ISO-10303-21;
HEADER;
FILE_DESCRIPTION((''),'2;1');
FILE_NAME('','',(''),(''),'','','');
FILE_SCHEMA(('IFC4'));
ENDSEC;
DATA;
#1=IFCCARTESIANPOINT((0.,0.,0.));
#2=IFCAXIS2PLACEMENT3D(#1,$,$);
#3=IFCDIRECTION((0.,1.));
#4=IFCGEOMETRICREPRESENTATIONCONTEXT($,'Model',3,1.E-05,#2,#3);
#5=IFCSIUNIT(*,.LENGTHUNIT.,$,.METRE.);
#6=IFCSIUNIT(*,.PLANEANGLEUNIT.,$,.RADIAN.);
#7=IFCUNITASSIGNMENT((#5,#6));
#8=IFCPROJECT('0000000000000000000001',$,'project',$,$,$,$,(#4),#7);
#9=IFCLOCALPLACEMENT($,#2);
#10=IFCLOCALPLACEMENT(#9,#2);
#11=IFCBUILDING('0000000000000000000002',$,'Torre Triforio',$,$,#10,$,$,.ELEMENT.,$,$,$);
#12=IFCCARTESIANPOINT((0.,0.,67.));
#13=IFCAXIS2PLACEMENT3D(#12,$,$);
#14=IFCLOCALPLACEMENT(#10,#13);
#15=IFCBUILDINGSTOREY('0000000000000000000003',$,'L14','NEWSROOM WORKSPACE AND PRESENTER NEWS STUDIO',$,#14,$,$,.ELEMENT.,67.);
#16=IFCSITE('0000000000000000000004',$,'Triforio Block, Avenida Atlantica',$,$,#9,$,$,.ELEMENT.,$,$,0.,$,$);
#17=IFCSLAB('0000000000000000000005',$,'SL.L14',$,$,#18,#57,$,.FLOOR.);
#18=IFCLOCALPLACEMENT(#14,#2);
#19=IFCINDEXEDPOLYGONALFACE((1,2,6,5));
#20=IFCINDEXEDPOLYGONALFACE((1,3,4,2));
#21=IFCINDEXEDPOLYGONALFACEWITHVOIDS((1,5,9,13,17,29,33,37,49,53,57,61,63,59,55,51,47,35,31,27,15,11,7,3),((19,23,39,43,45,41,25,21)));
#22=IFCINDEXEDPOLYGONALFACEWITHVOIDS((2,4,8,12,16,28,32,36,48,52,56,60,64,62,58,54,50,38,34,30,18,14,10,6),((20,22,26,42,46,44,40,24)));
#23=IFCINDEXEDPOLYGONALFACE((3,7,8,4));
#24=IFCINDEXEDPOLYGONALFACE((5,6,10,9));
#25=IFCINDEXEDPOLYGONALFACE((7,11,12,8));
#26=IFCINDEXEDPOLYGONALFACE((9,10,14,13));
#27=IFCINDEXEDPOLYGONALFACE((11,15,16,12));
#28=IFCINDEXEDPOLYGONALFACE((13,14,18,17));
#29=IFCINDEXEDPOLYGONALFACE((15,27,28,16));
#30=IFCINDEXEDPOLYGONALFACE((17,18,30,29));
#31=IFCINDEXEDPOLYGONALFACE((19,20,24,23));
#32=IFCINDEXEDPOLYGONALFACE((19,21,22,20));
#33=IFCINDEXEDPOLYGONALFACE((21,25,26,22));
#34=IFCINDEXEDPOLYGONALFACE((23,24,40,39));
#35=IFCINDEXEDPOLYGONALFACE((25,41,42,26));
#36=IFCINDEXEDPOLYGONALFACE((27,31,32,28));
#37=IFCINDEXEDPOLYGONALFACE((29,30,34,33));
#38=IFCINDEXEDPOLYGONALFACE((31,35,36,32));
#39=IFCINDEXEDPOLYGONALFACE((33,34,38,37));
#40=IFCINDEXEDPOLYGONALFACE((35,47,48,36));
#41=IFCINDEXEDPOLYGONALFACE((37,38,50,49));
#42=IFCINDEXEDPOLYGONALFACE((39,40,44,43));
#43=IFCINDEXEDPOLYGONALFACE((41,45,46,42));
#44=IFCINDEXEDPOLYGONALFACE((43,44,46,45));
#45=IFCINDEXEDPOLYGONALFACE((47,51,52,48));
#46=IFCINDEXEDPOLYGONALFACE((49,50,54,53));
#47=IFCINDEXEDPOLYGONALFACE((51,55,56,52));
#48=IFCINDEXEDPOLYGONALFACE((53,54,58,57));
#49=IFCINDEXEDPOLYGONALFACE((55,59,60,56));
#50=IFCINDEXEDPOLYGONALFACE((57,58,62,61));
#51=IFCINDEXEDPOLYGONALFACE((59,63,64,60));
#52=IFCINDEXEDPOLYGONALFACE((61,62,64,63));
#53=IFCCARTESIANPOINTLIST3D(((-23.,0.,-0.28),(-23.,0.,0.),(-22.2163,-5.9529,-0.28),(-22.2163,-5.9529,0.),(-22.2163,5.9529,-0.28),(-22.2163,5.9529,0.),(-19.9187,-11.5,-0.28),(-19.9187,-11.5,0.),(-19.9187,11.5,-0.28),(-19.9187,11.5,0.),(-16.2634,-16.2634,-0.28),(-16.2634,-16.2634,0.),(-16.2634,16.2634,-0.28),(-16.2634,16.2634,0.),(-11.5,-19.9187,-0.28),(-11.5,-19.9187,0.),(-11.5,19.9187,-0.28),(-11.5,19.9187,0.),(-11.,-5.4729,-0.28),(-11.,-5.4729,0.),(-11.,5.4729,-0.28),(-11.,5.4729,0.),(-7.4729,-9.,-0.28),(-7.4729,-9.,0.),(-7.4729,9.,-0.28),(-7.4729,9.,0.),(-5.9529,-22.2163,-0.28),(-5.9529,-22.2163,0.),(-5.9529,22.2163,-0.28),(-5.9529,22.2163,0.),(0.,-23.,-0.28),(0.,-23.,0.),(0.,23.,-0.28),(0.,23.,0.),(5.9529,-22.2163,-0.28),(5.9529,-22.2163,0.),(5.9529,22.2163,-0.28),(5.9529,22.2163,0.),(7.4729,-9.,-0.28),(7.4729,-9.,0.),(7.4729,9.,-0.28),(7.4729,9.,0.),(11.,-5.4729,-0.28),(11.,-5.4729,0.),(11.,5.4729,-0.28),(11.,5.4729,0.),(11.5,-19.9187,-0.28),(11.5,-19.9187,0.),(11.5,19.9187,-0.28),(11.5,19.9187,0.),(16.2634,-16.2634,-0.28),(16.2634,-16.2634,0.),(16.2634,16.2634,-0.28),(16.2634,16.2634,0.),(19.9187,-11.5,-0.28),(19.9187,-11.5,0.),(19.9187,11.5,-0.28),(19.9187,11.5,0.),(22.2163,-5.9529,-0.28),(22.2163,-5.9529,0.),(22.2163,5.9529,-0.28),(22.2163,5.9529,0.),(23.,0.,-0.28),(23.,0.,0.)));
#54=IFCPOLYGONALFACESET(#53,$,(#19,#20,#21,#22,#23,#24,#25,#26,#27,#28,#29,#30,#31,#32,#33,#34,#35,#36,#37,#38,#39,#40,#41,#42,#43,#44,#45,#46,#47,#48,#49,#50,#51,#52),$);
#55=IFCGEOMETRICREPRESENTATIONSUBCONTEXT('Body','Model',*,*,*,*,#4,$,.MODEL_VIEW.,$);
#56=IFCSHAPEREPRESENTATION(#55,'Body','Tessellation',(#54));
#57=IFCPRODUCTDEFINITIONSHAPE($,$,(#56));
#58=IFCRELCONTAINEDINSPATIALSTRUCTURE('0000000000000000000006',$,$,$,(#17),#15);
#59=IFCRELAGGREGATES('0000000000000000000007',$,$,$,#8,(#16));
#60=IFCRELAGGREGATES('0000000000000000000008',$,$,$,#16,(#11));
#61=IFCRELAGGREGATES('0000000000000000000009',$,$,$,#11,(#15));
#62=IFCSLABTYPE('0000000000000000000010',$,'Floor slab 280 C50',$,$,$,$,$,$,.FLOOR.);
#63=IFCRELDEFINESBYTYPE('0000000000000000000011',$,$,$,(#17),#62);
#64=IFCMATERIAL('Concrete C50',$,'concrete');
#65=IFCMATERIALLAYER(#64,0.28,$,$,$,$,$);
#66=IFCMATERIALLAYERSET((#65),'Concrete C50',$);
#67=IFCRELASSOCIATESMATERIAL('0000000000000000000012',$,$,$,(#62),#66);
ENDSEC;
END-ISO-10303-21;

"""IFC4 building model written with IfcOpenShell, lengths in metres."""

from ifc_helpers import new_model, si_unit, direction, frame, origin, place, context, subcontext, project, spatial, polyline, outline, extrude, material, layer, layer_set, type_object, element, save


model = new_model("IFC4")

# Units and contexts
model_context = context("Model", 3, precision=1e-05, world=origin(), true_north=direction((0.0, 1.0)))
body_context = subcontext(model_context, "Body", "Model", "MODEL_VIEW")
ifc_project = project(units=[si_unit("LENGTHUNIT", "METRE"), si_unit("PLANEANGLEUNIT", "RADIAN")], contexts=[model_context])

# Site, building, storey
site_placement = place(None, origin())
site = spatial("IfcSite", under=ifc_project, at=site_placement, Name="Triforio Block, Avenida Atlantica", CompositionType="ELEMENT", RefElevation=0.0)
building_placement = place(site_placement, origin())
building = spatial("IfcBuilding", under=site, at=building_placement, Name="Torre Triforio", CompositionType="ELEMENT")
storey_placement = place(building_placement, frame((0.0, 0.0, 67.0)))
storey = spatial("IfcBuildingStorey", under=building, at=storey_placement, Name="L14", Description="NEWSROOM WORKSPACE AND PRESENTER NEWS STUDIO", CompositionType="ELEMENT", Elevation=67.0)

# Slab
ifc_material_1 = material(Name="Concrete C50", Category="concrete")
ifc_layer_1 = layer(ifc_material_1, 0.28)
ifc_layer_set_1 = layer_set([ifc_layer_1], Name="Concrete C50")
slab_type_1 = type_object("IfcSlabType", Name="Floor slab 280 C50", PredefinedType="FLOOR", material=ifc_layer_set_1)
slab_1_placement = place(storey_placement, frame((0.0, 0.0, -0.28)))
element("IfcSlab", 1, at=slab_1_placement, inside=storey, type_object=slab_type_1, Name="SL.L14", PredefinedType="FLOOR", context=body_context, shape_type="SweptSolid", body=[
    extrude(outline(polyline([(19.9187, -11.5), (22.2163, -5.9529), (23.0, 0.0), (22.2163, 5.9529), (19.9187, 11.5), (16.2634, 16.2634), (11.5, 19.9187), (5.9529, 22.2163), (0.0, 23.0), (-5.9529, 22.2163), (-11.5, 19.9187), (-16.2634, 16.2634), (-19.9187, 11.5), (-22.2163, 5.9529), (-23.0, 0.0), (-22.2163, -5.9529), (-19.9187, -11.5), (-16.2634, -16.2634), (-11.5, -19.9187), (-5.9529, -22.2163), (0.0, -23.0), (5.9529, -22.2163), (11.5, -19.9187), (16.2634, -16.2634), (19.9187, -11.5)]), holes=[polyline([(11.0, 5.4729), (11.0, -5.4729), (7.4729, -9.0), (-7.4729, -9.0), (-11.0, -5.4729), (-11.0, 5.4729), (-7.4729, 9.0), (7.4729, 9.0), (11.0, 5.4729)])]), origin(), (0.0, 0.0, 1.0), 0.28),
])

save(model, "model.ifc")
